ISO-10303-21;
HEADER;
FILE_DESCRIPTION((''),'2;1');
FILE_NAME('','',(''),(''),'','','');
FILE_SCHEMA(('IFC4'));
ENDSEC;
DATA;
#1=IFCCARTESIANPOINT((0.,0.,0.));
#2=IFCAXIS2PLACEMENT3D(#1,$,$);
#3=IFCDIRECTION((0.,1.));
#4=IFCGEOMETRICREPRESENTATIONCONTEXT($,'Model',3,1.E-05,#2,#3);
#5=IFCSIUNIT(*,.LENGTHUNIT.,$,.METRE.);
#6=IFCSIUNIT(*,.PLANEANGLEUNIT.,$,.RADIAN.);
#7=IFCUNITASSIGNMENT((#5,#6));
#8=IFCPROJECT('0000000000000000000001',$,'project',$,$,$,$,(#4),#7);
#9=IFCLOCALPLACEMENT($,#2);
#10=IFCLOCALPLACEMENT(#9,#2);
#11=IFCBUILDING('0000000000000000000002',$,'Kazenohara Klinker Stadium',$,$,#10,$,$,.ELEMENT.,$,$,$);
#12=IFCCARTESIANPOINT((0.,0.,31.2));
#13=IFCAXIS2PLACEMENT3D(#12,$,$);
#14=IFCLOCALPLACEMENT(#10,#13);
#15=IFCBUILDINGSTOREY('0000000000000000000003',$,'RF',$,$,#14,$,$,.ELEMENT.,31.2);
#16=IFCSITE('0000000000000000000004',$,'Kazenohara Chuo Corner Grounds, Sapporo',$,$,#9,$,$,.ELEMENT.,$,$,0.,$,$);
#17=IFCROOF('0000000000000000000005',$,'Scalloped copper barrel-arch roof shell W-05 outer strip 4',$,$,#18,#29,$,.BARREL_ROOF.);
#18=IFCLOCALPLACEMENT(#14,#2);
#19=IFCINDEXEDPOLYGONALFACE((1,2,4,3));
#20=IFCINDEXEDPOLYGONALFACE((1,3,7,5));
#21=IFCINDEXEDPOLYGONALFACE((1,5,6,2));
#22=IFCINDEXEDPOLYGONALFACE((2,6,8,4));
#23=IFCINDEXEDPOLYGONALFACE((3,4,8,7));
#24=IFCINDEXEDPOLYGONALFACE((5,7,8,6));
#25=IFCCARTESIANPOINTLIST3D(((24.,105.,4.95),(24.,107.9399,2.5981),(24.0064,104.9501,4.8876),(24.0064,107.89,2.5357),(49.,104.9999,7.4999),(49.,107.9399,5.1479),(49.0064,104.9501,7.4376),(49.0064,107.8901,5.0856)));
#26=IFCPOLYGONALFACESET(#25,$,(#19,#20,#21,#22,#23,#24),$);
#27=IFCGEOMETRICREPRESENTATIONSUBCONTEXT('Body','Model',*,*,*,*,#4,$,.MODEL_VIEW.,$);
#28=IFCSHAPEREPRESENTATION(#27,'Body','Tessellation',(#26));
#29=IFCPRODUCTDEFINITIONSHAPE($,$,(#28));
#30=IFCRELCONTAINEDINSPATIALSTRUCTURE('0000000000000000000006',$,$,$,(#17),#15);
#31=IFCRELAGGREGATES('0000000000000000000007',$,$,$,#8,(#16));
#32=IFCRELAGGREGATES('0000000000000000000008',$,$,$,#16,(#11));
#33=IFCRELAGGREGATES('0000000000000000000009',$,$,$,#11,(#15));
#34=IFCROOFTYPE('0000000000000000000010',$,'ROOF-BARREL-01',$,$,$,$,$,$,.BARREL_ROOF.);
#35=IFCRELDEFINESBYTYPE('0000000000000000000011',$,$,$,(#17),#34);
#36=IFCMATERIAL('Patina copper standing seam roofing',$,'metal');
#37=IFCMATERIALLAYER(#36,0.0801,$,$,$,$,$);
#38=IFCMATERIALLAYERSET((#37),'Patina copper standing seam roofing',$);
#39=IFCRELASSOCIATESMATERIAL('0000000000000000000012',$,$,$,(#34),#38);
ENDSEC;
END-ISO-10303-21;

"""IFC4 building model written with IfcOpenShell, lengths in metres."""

from ifc_helpers import new_model, si_unit, direction, frame, origin, place, context, subcontext, project, spatial, polyline, outline, extrude, material, layer, layer_set, type_object, element, save


model = new_model("IFC4")

# Units and contexts
model_context = context("Model", 3, precision=1e-05, world=origin(), true_north=direction((0.0, 1.0)))
body_context = subcontext(model_context, "Body", "Model", "MODEL_VIEW")
ifc_project = project(units=[si_unit("LENGTHUNIT", "METRE"), si_unit("PLANEANGLEUNIT", "RADIAN")], contexts=[model_context])

# Site, building, storey
site_placement = place(None, origin())
site = spatial("IfcSite", under=ifc_project, at=site_placement, Name="Kazenohara Chuo Corner Grounds, Sapporo", CompositionType="ELEMENT", RefElevation=0.0)
building_placement = place(site_placement, origin())
building = spatial("IfcBuilding", under=site, at=building_placement, Name="Kazenohara Klinker Stadium", CompositionType="ELEMENT")
storey_placement = place(building_placement, frame((0.0, 0.0, 31.2)))
storey = spatial("IfcBuildingStorey", under=building, at=storey_placement, Name="RF", CompositionType="ELEMENT", Elevation=31.2)

# Roof
ifc_material_1 = material(Name="Patina copper standing seam roofing", Category="metal")
ifc_layer_1 = layer(ifc_material_1, 0.0801)
ifc_layer_set_1 = layer_set([ifc_layer_1], Name="Patina copper standing seam roofing")
roof_type = type_object("IfcRoofType", Name="ROOF-BARREL-01", PredefinedType="BARREL_ROOF", material=ifc_layer_set_1)
roof_1_placement = place(storey_placement, frame((24.0, 105.0, 4.95), z_axis=(-0.079395, 0.622719, 0.778407), x_axis=(0.994838, -0.000002, 0.101472)))
element("IfcRoof", 1, at=roof_1_placement, inside=storey, type_object=roof_type, Name="Scalloped copper barrel-arch roof shell W-05 outer strip 4", PredefinedType="BARREL_ROOF", context=body_context, shape_type="SweptSolid", body=[
    extrude(outline(polyline([(0.0, 0.0), (25.1297, 0.0), (24.891, 3.7575), (-0.2387, 3.7573), (0.0, 0.0)])), origin(), (0.0, 0.0, -1.0), 0.0801),
])

save(model, "model.ifc")
